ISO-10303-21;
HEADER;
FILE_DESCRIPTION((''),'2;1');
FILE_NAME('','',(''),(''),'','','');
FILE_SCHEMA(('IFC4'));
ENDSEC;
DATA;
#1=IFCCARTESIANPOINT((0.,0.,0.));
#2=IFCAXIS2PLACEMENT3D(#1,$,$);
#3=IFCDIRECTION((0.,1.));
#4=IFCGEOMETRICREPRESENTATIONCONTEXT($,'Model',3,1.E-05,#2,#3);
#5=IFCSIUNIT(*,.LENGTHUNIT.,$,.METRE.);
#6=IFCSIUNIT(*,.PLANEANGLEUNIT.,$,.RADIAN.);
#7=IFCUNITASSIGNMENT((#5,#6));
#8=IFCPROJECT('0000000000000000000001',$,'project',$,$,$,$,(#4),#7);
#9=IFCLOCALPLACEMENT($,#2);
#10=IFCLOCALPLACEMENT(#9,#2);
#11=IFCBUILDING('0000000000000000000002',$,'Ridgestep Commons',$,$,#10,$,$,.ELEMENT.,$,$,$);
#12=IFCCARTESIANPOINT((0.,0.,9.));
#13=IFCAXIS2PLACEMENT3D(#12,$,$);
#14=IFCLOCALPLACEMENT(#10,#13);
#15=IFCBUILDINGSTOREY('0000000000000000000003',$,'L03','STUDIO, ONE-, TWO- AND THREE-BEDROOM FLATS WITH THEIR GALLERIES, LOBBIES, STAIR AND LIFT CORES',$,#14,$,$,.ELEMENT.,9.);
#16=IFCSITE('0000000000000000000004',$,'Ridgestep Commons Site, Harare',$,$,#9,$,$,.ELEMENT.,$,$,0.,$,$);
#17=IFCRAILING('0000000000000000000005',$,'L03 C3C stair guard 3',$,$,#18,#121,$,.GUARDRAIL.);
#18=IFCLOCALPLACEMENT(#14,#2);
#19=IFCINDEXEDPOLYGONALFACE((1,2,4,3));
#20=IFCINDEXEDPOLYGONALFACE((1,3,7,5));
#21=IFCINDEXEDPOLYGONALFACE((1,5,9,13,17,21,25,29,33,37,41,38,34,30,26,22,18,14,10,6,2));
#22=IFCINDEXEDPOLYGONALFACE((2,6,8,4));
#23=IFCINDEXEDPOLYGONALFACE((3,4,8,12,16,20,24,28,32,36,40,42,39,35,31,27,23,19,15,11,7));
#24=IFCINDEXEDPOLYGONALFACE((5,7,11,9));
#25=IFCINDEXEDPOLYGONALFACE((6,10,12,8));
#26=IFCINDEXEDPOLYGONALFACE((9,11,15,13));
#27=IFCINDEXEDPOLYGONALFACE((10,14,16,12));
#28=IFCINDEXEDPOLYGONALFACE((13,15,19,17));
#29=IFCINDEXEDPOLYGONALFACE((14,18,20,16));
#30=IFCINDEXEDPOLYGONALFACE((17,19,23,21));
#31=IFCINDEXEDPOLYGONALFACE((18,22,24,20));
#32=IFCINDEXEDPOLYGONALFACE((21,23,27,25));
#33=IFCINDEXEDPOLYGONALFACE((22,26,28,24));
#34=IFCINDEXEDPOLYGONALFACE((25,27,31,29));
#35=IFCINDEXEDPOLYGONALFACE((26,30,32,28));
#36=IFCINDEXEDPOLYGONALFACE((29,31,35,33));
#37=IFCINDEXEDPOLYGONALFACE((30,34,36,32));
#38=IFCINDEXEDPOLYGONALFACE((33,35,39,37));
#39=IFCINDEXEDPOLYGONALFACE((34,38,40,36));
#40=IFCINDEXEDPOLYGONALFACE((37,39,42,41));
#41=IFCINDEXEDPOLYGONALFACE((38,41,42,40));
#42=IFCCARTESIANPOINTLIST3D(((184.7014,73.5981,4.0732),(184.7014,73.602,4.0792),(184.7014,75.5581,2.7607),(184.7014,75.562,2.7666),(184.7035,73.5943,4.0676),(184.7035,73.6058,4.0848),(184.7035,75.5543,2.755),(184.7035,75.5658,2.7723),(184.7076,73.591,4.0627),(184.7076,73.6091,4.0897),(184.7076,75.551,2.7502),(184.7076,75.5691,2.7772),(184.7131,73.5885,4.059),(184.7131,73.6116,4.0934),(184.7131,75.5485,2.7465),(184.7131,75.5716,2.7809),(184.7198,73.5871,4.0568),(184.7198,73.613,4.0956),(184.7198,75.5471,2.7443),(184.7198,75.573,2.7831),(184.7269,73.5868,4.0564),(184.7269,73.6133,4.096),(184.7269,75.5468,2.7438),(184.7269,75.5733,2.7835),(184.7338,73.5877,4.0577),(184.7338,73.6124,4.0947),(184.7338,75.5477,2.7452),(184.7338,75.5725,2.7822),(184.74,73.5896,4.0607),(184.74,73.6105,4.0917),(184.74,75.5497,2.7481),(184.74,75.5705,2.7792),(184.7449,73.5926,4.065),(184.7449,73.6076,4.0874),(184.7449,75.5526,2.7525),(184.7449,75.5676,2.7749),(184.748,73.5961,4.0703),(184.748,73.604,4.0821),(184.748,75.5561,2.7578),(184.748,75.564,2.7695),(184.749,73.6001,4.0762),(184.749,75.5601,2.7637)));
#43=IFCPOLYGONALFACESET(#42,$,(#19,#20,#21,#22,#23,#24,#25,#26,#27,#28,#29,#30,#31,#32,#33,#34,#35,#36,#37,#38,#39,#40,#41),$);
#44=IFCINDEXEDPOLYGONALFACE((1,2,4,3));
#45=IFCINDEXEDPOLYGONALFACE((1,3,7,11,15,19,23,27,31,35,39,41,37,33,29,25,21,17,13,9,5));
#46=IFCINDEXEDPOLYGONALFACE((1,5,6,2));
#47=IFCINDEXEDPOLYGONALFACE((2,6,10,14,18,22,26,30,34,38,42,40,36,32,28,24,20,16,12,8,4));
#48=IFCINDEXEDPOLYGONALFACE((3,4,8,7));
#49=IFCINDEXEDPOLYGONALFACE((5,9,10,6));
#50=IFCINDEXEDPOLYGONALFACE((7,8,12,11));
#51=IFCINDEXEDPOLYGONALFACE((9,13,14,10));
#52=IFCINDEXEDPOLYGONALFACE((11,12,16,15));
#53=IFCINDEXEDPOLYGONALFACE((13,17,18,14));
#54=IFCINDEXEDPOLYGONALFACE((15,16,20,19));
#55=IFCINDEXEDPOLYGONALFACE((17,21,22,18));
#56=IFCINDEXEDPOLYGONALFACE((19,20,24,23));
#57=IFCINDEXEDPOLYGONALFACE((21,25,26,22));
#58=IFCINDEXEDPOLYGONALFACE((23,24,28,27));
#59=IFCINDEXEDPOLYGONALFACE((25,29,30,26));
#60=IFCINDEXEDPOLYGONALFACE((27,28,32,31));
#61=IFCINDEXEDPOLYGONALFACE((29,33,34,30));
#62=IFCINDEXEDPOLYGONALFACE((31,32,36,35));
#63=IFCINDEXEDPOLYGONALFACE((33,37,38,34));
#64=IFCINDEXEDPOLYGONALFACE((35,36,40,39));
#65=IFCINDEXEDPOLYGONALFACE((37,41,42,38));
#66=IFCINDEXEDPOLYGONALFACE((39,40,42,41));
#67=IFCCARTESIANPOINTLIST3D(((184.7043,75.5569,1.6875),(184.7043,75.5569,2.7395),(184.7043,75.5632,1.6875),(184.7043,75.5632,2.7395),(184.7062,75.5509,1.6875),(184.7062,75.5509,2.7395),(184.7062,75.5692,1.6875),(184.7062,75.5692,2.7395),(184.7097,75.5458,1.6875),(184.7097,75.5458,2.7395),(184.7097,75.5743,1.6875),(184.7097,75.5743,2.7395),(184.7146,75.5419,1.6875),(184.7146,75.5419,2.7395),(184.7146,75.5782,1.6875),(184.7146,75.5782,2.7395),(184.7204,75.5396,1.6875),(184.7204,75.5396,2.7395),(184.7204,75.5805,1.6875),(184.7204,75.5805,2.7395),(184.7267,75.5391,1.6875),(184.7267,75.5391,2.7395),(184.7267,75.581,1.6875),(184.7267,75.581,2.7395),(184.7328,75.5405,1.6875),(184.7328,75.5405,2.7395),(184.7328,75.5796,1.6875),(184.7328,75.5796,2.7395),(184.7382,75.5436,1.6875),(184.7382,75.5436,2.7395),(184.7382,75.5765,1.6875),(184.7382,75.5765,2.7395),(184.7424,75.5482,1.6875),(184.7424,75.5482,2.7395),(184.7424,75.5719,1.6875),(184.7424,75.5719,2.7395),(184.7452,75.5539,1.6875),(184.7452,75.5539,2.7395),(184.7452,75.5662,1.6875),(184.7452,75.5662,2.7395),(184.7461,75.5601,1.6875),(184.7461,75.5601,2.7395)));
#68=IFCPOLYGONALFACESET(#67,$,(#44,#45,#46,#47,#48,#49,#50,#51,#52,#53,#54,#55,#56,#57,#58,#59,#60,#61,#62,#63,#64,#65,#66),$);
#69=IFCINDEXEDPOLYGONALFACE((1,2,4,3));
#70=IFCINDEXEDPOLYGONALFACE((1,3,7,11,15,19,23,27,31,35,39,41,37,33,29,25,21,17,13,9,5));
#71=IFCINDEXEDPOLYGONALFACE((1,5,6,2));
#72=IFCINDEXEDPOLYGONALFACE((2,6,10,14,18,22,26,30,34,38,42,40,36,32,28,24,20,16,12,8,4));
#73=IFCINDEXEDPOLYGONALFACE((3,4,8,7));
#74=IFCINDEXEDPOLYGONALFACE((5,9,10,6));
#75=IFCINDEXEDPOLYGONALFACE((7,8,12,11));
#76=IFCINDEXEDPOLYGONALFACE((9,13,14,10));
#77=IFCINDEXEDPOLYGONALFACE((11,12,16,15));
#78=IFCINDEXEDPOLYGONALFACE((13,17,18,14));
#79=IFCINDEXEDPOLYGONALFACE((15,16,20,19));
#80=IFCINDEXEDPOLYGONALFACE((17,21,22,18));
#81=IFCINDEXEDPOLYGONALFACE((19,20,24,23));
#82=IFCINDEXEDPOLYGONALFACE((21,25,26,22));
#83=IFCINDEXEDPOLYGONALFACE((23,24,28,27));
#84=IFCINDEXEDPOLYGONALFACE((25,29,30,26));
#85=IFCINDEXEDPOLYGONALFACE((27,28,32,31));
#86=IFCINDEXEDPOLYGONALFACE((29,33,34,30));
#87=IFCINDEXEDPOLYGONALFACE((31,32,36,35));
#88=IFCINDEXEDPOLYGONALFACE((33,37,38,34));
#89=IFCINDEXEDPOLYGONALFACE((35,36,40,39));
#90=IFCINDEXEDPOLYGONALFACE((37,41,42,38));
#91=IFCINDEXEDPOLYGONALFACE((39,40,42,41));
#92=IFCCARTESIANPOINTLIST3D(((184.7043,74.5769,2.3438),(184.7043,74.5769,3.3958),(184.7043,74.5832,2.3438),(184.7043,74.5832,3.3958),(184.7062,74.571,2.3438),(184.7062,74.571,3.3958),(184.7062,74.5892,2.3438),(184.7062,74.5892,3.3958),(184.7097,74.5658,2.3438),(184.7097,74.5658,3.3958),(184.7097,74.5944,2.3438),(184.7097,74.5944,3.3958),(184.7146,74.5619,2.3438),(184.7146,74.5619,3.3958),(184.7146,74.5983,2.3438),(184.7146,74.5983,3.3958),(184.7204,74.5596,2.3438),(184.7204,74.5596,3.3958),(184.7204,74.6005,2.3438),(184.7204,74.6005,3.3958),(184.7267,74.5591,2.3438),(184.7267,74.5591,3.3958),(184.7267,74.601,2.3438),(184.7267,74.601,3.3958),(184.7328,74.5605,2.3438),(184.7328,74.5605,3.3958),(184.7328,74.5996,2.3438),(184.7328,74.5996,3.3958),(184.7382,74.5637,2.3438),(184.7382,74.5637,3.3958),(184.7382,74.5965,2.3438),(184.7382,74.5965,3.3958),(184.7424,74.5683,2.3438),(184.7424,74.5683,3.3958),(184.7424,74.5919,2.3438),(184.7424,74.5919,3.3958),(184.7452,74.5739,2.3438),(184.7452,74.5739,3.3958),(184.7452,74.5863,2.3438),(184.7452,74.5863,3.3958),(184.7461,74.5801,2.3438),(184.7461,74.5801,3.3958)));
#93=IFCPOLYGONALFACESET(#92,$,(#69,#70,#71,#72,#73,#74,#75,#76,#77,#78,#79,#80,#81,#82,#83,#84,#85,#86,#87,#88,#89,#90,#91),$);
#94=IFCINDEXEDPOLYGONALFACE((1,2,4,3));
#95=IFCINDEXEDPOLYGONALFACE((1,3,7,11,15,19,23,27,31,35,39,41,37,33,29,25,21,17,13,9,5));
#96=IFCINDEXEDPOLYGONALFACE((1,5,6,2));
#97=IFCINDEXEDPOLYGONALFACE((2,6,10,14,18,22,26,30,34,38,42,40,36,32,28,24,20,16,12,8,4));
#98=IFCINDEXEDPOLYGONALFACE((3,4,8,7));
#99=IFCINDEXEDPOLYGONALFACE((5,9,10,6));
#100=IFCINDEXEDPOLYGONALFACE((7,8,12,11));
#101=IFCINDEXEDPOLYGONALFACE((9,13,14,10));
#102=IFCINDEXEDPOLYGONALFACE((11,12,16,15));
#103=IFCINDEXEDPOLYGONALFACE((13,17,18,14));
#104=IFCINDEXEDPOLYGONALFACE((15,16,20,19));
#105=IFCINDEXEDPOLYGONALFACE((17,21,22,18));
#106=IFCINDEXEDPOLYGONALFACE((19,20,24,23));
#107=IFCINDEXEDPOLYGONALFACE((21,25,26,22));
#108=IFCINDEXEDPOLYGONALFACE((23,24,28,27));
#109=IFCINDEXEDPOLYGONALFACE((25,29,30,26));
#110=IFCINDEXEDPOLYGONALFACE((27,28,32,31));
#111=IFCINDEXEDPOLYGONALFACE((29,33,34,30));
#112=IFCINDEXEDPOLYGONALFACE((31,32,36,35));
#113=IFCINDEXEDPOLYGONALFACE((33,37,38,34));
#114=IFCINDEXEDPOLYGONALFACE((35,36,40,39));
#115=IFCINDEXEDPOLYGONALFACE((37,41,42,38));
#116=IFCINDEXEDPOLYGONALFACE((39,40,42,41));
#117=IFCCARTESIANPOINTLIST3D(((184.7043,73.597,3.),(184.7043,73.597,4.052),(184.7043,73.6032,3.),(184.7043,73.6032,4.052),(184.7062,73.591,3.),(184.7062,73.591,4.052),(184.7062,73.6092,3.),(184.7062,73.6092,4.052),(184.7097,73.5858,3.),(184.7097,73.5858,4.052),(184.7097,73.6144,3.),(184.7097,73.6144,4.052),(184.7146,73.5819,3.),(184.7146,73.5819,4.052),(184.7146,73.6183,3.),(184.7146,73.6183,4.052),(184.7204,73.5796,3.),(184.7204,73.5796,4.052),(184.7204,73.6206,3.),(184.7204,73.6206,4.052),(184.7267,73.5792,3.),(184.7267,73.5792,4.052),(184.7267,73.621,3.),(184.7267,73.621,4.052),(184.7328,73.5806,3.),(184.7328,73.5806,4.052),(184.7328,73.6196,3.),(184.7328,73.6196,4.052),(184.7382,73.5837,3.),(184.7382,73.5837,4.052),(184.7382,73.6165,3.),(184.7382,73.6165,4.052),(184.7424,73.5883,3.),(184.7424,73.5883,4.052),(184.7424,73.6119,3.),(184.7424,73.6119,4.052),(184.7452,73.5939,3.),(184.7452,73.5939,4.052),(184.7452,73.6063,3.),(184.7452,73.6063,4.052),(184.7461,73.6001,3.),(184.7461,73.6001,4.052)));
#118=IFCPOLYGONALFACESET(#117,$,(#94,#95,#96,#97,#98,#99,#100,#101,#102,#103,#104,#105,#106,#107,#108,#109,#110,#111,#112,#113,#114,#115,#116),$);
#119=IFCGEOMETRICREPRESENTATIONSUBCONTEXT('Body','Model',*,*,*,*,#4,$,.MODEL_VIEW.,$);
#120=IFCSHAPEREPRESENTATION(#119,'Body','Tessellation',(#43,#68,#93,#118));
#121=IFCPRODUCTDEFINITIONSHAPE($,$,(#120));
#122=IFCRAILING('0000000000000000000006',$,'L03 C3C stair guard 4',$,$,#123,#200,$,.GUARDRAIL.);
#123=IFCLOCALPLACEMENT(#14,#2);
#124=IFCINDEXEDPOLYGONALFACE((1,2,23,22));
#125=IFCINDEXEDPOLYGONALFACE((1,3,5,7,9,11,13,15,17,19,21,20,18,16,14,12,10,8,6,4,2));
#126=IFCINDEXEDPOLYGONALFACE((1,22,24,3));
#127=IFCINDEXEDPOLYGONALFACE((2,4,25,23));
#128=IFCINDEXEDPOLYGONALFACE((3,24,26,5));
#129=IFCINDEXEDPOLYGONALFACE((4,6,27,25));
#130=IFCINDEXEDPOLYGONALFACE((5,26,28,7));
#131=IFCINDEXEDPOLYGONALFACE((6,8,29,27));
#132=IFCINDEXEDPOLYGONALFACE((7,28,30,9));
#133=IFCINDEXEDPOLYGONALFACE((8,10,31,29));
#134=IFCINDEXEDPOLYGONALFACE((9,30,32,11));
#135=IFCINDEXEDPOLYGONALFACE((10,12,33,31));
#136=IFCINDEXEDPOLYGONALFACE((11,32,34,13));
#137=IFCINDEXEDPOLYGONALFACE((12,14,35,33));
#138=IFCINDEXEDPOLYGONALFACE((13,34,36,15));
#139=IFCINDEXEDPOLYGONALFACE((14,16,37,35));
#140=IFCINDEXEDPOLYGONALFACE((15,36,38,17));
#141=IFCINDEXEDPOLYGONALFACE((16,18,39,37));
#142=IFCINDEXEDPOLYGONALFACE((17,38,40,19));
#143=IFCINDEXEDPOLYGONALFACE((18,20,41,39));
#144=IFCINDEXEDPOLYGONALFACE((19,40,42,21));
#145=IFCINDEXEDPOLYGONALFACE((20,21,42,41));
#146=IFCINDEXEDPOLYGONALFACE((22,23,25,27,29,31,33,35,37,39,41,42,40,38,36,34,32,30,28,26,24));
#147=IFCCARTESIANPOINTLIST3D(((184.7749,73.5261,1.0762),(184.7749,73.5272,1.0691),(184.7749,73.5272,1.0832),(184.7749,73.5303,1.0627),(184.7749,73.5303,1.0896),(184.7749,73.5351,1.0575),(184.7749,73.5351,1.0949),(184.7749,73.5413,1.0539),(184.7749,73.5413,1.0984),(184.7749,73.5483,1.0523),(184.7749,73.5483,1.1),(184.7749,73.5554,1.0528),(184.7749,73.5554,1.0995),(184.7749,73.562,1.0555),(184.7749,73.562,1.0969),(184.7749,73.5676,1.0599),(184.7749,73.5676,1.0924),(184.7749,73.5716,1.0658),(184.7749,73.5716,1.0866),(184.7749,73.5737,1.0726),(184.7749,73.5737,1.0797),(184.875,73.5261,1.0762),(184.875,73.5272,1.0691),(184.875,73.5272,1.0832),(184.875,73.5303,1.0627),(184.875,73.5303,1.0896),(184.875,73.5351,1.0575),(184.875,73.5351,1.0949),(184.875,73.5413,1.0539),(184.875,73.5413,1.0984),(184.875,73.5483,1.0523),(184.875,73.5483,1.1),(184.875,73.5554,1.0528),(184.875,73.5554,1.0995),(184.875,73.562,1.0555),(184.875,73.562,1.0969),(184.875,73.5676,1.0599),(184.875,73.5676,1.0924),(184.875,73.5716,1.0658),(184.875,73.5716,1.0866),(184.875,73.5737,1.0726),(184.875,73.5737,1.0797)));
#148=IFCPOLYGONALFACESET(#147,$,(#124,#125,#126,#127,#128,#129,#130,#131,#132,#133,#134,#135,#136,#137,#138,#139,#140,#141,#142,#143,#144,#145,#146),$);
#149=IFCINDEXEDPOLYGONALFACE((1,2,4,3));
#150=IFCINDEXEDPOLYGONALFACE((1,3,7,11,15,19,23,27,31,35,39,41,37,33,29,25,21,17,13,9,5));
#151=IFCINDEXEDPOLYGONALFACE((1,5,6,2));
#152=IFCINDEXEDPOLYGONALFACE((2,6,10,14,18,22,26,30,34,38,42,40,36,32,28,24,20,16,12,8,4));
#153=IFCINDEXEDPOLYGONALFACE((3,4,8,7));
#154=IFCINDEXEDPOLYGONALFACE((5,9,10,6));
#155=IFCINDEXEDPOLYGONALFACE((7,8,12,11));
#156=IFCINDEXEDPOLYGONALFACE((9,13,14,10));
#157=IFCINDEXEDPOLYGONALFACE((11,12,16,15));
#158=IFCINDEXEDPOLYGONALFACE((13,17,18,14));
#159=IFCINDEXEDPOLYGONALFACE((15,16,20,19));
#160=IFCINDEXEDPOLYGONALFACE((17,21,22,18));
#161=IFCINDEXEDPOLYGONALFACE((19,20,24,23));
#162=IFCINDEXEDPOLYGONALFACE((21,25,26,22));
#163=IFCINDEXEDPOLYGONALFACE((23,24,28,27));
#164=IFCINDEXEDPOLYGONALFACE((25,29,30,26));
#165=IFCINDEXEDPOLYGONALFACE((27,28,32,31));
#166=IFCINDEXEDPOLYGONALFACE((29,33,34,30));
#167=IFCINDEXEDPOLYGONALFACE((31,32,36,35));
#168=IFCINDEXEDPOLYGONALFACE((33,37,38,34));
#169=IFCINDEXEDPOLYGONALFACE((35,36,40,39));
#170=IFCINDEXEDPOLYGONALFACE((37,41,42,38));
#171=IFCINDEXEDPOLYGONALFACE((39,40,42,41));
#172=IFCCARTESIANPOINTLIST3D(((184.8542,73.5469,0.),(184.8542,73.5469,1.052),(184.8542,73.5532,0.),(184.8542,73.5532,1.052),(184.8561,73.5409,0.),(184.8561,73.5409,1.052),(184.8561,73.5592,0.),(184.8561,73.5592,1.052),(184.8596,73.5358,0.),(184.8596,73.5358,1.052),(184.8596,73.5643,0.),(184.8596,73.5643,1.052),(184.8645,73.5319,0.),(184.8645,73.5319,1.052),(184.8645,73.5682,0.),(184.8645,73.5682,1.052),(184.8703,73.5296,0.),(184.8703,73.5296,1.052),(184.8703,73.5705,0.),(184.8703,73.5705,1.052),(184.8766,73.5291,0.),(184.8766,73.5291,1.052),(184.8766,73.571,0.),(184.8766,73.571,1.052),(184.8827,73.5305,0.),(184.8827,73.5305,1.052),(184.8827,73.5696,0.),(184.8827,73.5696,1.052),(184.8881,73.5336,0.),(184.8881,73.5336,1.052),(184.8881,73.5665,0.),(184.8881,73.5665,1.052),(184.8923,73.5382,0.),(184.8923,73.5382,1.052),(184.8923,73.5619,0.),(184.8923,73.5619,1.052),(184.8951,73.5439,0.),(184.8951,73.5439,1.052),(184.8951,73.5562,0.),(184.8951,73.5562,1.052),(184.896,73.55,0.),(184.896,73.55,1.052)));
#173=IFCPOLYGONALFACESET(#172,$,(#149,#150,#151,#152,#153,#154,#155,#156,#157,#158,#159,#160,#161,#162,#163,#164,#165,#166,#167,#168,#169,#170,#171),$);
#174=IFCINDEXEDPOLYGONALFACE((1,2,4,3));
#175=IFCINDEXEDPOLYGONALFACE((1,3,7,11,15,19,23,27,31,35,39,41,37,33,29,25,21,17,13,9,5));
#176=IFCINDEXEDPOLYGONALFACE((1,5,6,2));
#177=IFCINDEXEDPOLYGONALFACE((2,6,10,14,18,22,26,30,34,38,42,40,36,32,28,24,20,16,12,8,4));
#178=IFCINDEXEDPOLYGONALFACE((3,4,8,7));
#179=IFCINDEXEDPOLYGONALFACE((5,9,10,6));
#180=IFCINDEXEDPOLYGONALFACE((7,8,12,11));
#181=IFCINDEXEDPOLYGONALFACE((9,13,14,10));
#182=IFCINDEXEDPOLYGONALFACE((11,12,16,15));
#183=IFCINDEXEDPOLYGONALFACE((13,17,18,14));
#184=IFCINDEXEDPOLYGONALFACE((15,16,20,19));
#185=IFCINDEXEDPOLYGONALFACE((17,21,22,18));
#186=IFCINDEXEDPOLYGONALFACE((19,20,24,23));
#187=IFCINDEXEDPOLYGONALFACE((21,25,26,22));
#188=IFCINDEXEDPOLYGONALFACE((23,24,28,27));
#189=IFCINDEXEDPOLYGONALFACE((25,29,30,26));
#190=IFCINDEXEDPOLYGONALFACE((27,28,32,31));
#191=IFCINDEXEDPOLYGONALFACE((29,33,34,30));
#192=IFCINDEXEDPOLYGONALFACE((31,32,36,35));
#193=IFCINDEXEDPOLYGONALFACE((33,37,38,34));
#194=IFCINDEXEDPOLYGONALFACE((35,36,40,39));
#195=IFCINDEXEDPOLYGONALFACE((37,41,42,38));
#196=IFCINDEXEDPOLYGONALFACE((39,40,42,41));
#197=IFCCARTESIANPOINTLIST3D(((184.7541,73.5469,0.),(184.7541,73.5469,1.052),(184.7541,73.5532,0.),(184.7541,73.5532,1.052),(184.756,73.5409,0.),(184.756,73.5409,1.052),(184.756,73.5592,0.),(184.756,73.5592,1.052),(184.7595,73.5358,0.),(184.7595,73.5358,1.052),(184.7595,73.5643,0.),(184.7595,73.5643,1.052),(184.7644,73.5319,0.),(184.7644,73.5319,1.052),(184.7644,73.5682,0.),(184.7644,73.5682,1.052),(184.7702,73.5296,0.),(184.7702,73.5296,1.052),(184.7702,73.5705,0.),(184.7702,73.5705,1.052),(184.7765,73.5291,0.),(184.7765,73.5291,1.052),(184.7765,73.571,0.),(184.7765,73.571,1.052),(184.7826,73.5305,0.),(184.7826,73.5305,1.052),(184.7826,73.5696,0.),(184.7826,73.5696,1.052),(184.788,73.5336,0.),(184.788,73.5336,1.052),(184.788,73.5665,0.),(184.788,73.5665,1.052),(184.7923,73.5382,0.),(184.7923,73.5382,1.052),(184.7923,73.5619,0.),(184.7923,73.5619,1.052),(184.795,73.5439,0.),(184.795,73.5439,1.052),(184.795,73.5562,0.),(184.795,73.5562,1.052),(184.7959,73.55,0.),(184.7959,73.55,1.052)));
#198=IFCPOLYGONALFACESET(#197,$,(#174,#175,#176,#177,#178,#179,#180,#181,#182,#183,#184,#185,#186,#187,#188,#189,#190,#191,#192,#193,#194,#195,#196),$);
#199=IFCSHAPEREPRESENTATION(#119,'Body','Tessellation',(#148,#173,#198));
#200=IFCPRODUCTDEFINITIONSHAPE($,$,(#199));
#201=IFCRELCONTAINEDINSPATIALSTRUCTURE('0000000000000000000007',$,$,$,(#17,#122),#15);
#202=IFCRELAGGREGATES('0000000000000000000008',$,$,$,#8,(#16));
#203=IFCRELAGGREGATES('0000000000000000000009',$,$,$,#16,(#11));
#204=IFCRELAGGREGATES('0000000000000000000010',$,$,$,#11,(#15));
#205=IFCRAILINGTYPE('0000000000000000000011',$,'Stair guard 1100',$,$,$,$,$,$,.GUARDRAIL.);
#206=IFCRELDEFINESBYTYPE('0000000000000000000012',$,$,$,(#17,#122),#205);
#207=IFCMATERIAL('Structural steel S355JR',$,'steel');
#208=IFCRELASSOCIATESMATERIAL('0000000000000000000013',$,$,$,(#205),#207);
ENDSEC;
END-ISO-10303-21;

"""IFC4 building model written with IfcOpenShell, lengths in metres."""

from ifc_helpers import new_model, si_unit, direction, frame, origin, origin_2d, place, context, subcontext, project, spatial, circle, extrude, material, type_object, element, save


model = new_model("IFC4")

# Units and contexts
model_context = context("Model", 3, precision=1e-05, world=origin(), true_north=direction((0.0, 1.0)))
body_context = subcontext(model_context, "Body", "Model", "MODEL_VIEW")
ifc_project = project(units=[si_unit("LENGTHUNIT", "METRE"), si_unit("PLANEANGLEUNIT", "RADIAN")], contexts=[model_context])

# Site, building, storey
site_placement = place(None, origin())
site = spatial("IfcSite", under=ifc_project, at=site_placement, Name="Ridgestep Commons Site, Harare", CompositionType="ELEMENT", RefElevation=0.0)
building_placement = place(site_placement, origin())
building = spatial("IfcBuilding", under=site, at=building_placement, Name="Ridgestep Commons", CompositionType="ELEMENT")
storey_placement = place(building_placement, frame((0.0, 0.0, 9.0)))
storey = spatial("IfcBuildingStorey", under=building, at=storey_placement, Name="L03", Description="STUDIO, ONE-, TWO- AND THREE-BEDROOM FLATS WITH THEIR GALLERIES, LOBBIES, STAIR AND LIFT CORES", CompositionType="ELEMENT", Elevation=9.0)

# Railings
ifc_material_1 = material(Name="Structural steel S355JR", Category="steel")
railing_type_1 = type_object("IfcRailingType", Name="Stair guard 1100", PredefinedType="GUARDRAIL", material=ifc_material_1)
railing_1_placement = place(storey_placement, frame((184.7251, 75.5601, 1.6875)))
element("IfcRailing", 1, at=railing_1_placement, inside=storey, type_object=railing_type_1, Name="L03 C3C stair guard 3", PredefinedType="GUARDRAIL", context=body_context, shape_type="SweptSolid", body=[
    extrude(circle(Radius=0.0239, at=origin_2d()), frame((0.0, 0.0, 1.0762), z_axis=(0.0, -0.830902, 0.556419), x_axis=(1.0, 0.0, 0.0)), (0.0, 0.0, 1.0), 2.3589),
    extrude(circle(Radius=0.021, at=origin_2d()), origin(), (0.0, 0.0, 1.0), 1.052),
    extrude(circle(Radius=0.021, at=origin_2d()), frame((0.0, -0.98, 0.6562)), (0.0, 0.0, 1.0), 1.052),
    extrude(circle(Radius=0.021, at=origin_2d()), frame((0.0, -1.96, 1.3125)), (0.0, 0.0, 1.0), 1.052),
])
railing_2_placement = place(storey_placement, frame((184.875, 73.55, 0.0)))
element("IfcRailing", 2, at=railing_2_placement, inside=storey, type_object=railing_type_1, Name="L03 C3C stair guard 4", PredefinedType="GUARDRAIL", context=body_context, shape_type="SweptSolid", body=[
    extrude(circle(Radius=0.0239, at=origin_2d()), frame((0.0, 0.0, 1.0762), z_axis=(-1.0, 0.0, 0.0), x_axis=(0.0, -1.0, 0.0)), (0.0, 0.0, 1.0), 0.1001),
    extrude(circle(Radius=0.021, at=origin_2d()), origin(), (0.0, 0.0, 1.0), 1.052),
    extrude(circle(Radius=0.021, at=origin_2d()), frame((-0.1001, 0.0, 0.0)), (0.0, 0.0, 1.0), 1.052),
])

save(model, "model.ifc")
